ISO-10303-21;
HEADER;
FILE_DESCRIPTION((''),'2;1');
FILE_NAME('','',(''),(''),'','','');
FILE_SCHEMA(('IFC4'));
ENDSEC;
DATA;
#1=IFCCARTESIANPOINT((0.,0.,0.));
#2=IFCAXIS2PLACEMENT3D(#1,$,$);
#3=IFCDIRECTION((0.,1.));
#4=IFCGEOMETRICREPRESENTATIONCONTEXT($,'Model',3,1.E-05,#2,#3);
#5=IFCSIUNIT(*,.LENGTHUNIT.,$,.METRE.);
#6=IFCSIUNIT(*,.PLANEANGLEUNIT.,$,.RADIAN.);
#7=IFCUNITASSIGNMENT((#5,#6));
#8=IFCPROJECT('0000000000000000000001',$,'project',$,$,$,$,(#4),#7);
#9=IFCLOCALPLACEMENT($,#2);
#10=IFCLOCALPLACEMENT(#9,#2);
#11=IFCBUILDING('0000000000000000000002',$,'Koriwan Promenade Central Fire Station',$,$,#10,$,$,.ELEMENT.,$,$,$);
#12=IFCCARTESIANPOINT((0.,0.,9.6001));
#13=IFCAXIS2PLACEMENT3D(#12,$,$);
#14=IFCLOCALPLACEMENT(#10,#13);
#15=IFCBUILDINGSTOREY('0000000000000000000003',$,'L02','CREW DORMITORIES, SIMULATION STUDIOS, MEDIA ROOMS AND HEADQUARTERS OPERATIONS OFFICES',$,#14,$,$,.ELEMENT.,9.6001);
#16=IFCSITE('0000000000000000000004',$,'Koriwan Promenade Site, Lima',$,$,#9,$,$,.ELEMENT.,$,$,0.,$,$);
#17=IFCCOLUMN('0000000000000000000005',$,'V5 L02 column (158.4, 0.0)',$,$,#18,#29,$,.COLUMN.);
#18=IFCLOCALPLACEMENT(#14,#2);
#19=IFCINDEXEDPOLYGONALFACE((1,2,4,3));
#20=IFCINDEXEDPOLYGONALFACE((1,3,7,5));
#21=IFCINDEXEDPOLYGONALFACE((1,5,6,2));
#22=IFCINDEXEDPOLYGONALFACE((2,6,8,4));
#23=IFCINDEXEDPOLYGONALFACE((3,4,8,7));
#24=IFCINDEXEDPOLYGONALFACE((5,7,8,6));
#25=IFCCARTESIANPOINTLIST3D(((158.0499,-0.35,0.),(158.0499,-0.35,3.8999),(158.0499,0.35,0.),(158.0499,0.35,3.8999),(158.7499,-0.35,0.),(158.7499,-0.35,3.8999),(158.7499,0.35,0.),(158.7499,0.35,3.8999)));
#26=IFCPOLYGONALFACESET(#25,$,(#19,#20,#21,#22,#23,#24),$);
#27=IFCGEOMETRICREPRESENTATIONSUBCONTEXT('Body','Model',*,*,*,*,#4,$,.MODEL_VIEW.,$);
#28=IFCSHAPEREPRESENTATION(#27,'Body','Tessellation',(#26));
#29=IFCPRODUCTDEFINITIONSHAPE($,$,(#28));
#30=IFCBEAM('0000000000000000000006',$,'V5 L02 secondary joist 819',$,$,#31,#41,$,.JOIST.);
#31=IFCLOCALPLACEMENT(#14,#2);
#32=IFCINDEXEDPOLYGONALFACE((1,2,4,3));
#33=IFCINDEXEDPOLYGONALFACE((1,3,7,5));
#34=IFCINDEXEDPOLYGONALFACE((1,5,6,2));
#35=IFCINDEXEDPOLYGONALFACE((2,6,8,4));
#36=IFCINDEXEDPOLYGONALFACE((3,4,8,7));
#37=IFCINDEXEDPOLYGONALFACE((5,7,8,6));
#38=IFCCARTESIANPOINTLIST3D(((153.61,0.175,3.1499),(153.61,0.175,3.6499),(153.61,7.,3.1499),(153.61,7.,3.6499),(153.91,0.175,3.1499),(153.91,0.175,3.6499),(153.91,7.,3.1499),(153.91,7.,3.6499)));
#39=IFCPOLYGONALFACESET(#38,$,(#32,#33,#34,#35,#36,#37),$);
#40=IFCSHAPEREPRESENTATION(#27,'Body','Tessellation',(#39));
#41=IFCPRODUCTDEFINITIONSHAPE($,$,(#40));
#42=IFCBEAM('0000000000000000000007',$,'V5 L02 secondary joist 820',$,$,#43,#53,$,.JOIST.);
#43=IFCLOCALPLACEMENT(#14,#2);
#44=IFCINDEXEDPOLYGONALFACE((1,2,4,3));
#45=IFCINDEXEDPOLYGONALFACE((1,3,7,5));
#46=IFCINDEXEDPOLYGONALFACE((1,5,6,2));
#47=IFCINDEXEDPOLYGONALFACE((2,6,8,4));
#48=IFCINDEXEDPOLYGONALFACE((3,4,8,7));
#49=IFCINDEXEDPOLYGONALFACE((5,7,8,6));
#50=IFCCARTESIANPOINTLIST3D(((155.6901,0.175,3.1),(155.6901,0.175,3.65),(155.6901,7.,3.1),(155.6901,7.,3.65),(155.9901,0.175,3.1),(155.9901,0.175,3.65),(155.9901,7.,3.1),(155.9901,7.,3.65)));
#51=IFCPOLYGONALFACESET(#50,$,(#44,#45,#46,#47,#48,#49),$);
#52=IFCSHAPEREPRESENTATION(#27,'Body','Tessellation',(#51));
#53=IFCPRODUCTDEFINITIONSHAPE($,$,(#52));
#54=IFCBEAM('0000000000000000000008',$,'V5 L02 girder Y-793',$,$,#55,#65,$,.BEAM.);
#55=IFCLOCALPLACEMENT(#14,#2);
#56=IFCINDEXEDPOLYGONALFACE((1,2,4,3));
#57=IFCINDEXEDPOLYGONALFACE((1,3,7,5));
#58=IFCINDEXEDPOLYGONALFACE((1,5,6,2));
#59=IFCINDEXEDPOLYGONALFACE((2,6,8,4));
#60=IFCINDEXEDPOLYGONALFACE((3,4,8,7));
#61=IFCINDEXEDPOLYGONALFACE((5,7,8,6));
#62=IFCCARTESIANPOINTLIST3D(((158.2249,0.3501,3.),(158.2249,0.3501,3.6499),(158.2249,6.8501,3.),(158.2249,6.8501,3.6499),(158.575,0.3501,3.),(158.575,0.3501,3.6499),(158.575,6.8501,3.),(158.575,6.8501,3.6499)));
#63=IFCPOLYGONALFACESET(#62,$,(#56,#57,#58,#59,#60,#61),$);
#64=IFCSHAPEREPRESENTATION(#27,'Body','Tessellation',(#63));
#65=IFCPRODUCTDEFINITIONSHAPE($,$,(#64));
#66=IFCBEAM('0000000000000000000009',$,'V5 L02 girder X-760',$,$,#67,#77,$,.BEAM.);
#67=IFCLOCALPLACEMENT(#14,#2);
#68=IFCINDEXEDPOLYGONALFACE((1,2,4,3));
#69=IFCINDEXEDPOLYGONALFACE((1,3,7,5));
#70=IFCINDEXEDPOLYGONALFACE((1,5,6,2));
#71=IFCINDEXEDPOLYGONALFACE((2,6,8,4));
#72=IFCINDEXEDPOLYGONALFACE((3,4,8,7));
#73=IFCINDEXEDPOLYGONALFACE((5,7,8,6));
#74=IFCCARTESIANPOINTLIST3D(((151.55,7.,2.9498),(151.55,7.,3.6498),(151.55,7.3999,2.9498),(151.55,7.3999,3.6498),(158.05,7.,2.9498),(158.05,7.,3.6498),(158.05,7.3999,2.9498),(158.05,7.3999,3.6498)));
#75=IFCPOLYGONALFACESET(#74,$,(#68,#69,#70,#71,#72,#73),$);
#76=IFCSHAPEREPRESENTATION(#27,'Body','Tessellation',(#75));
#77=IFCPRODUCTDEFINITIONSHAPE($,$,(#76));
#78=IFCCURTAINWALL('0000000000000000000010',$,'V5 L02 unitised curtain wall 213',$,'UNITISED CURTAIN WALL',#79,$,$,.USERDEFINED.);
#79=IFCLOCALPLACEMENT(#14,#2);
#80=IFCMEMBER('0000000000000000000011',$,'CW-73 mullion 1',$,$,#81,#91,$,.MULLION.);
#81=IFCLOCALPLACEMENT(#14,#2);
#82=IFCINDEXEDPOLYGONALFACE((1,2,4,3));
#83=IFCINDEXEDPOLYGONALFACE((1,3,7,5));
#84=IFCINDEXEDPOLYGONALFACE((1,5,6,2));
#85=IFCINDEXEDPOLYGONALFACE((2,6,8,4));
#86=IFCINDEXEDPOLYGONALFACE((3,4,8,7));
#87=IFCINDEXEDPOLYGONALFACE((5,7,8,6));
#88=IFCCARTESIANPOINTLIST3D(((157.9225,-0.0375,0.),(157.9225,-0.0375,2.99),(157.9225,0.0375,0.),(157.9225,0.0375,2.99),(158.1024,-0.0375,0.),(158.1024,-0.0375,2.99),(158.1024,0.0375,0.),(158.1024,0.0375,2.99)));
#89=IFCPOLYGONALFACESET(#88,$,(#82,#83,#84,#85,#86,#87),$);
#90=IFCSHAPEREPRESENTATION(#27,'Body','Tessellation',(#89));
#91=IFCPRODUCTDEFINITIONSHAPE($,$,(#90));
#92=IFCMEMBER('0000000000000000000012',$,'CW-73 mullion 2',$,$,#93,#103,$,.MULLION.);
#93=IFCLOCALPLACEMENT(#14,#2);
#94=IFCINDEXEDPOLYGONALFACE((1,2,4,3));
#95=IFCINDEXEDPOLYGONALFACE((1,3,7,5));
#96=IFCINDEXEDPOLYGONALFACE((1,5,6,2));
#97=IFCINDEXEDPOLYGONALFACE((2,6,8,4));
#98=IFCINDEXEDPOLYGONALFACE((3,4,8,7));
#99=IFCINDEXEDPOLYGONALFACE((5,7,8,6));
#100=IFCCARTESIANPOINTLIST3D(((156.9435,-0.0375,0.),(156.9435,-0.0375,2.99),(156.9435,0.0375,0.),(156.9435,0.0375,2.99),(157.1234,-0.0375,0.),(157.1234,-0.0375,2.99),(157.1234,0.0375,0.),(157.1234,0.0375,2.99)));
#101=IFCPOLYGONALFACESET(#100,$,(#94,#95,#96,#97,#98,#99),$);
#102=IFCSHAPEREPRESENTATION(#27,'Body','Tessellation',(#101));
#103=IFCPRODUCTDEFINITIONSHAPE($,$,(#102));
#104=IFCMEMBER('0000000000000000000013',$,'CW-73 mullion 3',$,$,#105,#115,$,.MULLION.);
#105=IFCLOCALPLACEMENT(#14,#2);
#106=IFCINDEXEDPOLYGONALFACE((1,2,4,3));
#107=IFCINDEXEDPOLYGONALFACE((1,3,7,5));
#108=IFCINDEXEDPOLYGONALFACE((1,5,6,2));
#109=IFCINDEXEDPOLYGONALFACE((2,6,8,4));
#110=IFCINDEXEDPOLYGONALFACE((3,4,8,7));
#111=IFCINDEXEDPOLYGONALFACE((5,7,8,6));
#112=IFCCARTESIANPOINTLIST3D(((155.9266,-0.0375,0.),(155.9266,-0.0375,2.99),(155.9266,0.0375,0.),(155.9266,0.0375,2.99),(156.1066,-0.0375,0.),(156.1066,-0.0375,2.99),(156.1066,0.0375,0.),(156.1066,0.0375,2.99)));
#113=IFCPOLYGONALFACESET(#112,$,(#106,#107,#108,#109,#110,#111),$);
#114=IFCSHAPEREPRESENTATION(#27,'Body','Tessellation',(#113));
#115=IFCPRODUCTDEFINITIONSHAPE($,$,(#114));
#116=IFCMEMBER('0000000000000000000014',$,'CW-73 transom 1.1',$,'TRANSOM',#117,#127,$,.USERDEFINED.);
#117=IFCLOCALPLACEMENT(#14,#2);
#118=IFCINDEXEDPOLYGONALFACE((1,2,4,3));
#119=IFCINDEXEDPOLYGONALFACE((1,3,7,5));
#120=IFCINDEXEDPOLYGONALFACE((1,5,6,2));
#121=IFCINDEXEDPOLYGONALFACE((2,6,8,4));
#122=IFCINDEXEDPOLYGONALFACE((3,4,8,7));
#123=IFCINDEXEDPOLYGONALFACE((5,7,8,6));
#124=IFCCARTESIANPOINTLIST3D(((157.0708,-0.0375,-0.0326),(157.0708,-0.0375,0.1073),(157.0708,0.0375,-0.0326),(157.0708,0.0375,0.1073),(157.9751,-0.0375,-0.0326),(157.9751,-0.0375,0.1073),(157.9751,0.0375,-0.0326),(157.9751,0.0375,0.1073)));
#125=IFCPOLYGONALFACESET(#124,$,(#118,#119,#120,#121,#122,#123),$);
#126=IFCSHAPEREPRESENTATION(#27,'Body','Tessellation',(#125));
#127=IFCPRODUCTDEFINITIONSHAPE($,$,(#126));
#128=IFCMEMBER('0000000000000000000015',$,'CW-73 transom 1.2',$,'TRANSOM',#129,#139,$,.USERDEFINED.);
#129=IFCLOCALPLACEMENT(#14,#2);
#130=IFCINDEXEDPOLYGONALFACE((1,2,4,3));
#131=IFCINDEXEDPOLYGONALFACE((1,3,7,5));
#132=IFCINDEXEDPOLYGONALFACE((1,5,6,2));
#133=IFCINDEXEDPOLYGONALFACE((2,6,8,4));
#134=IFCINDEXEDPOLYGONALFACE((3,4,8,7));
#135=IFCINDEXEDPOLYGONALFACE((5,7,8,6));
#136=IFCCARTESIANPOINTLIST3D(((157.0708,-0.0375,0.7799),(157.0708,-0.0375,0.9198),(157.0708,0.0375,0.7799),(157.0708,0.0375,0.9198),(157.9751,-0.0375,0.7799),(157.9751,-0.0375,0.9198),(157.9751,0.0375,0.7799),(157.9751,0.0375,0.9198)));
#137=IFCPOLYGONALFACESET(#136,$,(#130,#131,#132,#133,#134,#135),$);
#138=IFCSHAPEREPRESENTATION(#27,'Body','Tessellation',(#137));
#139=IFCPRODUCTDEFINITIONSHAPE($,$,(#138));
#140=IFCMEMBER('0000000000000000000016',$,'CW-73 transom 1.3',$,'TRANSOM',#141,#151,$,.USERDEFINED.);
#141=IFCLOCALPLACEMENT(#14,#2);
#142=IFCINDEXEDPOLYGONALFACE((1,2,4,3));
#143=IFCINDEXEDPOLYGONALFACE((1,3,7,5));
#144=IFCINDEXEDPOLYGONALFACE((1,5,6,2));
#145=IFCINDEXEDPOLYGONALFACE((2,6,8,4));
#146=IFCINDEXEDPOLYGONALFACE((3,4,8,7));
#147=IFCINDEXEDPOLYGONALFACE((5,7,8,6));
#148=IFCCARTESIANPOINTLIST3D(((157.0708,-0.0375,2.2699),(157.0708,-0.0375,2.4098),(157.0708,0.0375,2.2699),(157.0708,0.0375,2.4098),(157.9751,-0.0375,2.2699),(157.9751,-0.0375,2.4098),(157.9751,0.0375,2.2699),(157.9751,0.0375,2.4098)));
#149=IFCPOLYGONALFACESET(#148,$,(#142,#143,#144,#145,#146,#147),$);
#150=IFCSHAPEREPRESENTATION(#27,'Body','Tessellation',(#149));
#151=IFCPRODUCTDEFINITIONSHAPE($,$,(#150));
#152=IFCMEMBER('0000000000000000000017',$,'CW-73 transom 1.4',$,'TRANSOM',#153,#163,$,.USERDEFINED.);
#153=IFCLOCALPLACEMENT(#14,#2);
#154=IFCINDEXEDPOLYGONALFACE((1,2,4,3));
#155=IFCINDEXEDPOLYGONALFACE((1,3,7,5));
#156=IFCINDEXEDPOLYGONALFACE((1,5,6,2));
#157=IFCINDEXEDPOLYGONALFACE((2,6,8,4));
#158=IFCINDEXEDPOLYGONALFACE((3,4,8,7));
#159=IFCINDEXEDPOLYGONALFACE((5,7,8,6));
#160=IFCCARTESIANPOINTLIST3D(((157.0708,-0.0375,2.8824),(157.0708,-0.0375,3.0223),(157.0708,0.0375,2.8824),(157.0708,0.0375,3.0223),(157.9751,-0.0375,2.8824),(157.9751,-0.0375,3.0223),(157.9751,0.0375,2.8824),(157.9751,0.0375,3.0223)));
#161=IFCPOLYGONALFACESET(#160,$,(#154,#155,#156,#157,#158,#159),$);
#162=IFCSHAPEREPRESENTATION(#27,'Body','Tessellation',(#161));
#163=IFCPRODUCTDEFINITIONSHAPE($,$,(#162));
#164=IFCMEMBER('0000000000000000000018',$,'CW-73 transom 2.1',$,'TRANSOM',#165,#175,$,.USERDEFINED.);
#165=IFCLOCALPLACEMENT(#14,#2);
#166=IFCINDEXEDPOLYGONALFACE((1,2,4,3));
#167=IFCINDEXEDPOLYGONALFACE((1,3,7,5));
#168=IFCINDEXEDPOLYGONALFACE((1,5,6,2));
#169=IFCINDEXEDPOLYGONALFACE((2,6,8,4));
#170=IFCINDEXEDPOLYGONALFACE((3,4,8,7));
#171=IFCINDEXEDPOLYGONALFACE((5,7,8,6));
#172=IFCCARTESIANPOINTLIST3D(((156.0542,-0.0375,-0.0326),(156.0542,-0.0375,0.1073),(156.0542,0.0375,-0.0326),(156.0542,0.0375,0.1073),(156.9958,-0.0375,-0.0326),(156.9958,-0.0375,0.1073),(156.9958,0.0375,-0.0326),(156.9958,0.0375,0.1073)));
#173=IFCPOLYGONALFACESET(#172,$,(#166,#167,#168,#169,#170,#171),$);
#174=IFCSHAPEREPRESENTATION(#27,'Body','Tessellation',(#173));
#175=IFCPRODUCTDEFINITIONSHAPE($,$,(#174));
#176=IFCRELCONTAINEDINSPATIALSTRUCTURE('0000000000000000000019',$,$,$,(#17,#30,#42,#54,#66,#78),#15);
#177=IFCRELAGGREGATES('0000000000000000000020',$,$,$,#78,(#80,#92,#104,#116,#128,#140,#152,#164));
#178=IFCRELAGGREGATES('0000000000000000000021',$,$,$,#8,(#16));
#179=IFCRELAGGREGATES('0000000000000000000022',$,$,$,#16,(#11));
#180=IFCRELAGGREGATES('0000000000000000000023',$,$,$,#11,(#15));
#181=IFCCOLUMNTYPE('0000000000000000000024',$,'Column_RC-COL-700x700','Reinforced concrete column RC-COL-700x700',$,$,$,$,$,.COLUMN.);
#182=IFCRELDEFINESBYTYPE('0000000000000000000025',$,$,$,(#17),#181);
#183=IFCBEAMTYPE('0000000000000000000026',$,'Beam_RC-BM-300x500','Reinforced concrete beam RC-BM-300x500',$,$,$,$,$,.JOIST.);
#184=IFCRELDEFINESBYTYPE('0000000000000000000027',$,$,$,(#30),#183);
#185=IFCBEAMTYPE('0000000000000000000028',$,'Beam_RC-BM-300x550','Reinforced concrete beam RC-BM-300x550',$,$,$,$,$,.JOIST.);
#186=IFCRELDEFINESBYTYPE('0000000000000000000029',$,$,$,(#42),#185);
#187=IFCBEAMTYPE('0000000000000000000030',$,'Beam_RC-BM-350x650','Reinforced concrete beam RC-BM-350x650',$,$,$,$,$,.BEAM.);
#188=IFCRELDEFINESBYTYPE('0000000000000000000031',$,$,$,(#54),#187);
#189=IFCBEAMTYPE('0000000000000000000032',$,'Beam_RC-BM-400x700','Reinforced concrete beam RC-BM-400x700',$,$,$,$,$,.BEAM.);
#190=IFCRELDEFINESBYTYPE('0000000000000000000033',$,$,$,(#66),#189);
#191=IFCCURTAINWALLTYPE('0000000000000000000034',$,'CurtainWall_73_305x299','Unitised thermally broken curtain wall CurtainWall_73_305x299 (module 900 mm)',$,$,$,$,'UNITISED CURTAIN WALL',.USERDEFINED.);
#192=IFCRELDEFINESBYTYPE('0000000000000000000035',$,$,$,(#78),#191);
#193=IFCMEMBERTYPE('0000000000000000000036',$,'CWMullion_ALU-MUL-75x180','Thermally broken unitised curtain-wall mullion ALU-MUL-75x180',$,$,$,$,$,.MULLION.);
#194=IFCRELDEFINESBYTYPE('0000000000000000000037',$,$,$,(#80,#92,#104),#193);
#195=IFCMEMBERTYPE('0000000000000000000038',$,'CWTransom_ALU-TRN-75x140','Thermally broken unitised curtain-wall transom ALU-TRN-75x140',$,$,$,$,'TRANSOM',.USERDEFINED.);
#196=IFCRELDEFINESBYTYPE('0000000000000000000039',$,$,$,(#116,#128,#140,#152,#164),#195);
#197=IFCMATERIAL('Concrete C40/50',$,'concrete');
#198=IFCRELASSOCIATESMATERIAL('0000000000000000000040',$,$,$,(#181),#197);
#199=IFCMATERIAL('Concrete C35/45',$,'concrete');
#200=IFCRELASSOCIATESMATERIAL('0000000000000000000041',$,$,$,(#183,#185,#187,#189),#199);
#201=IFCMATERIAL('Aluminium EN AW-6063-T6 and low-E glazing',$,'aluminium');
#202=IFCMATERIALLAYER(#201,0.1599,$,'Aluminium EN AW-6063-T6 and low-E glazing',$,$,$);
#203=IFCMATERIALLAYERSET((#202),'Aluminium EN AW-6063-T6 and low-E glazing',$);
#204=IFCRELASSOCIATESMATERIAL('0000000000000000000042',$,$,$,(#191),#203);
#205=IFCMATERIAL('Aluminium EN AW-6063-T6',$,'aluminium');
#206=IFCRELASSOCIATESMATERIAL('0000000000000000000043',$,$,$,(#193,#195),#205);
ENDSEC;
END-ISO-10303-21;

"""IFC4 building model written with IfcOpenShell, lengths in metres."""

from ifc_helpers import new_model, si_unit, direction, frame, origin, origin_2d, place, context, subcontext, project, spatial, rectangle, extrude, material, layer, layer_set, material_profile, profile_set, type_object, element, aggregate, save


model = new_model("IFC4")

# Units and contexts
model_context = context("Model", 3, precision=1e-05, world=origin(), true_north=direction((0.0, 1.0)))
body_context = subcontext(model_context, "Body", "Model", "MODEL_VIEW")
ifc_project = project(units=[si_unit("LENGTHUNIT", "METRE"), si_unit("PLANEANGLEUNIT", "RADIAN")], contexts=[model_context])

# Site, building, storey
site_placement = place(None, origin())
site = spatial("IfcSite", under=ifc_project, at=site_placement, Name="Koriwan Promenade Site, Lima", CompositionType="ELEMENT", RefElevation=0.0)
building_placement = place(site_placement, origin())
building = spatial("IfcBuilding", under=site, at=building_placement, Name="Koriwan Promenade Central Fire Station", CompositionType="ELEMENT")
storey_placement = place(building_placement, frame((0.0, 0.0, 9.6001)))
storey = spatial("IfcBuildingStorey", under=building, at=storey_placement, Name="L02", Description="CREW DORMITORIES, SIMULATION STUDIOS, MEDIA ROOMS AND HEADQUARTERS OPERATIONS OFFICES", CompositionType="ELEMENT", Elevation=9.6001)

# Column
ifc_material_1 = material(Name="Concrete C40/50", Category="concrete")
ifc_material_profile_1 = material_profile(ifc_material_1, rectangle(XDim=0.7, YDim=0.7, at=origin_2d()), Name="RC-COL-700x700")
ifc_profile_set_1 = profile_set([ifc_material_profile_1], Name="Concrete C40/50")
column_type = type_object("IfcColumnType", Name="Column_RC-COL-700x700", Description="Reinforced concrete column RC-COL-700x700", PredefinedType="COLUMN", material=ifc_profile_set_1)
column_placement = place(storey_placement, frame((158.3999, 0.0, 0.0), z_axis=(0.0, 0.0, 1.0), x_axis=(1.0, 0.0, 0.0)))
element("IfcColumn", 1, at=column_placement, inside=storey, type_object=column_type, Name="V5 L02 column (158.4, 0.0)", PredefinedType="COLUMN", context=body_context, shape_type="SweptSolid", body=[
    extrude(rectangle(XDim=0.7, YDim=0.7, at=origin_2d()), origin(), (0.0, 0.0, 1.0), 3.8999),
])

# Beams
ifc_material_2 = material(Name="Concrete C35/45", Category="concrete")
ifc_material_profile_2 = material_profile(ifc_material_2, rectangle(XDim=0.3, YDim=0.5, at=origin_2d()), Name="RC-BM-300x500")
ifc_profile_set_2 = profile_set([ifc_material_profile_2], Name="Concrete C35/45")
beam_type_1 = type_object("IfcBeamType", Name="Beam_RC-BM-300x500", Description="Reinforced concrete beam RC-BM-300x500", PredefinedType="JOIST", material=ifc_profile_set_2)
beam_1_placement = place(storey_placement, frame((153.76, 0.175, 3.3999), z_axis=(0.0, 1.0, 0.0), x_axis=(-1.0, 0.0, 0.0)))
element("IfcBeam", 2, at=beam_1_placement, inside=storey, type_object=beam_type_1, Name="V5 L02 secondary joist 819", PredefinedType="JOIST", context=body_context, shape_type="SweptSolid", body=[
    extrude(rectangle(XDim=0.3, YDim=0.5, at=origin_2d()), origin(), (0.0, 0.0, 1.0), 6.825),
])
ifc_material_profile_3 = material_profile(ifc_material_2, rectangle(XDim=0.3, YDim=0.55, at=origin_2d()), Name="RC-BM-300x550")
ifc_profile_set_3 = profile_set([ifc_material_profile_3], Name="Concrete C35/45")
beam_type_2 = type_object("IfcBeamType", Name="Beam_RC-BM-300x550", Description="Reinforced concrete beam RC-BM-300x550", PredefinedType="JOIST", material=ifc_profile_set_3)
beam_2_placement = place(storey_placement, frame((155.8401, 0.175, 3.375), z_axis=(0.0, 1.0, 0.0), x_axis=(-1.0, 0.0, 0.0)))
element("IfcBeam", 3, at=beam_2_placement, inside=storey, type_object=beam_type_2, Name="V5 L02 secondary joist 820", PredefinedType="JOIST", context=body_context, shape_type="SweptSolid", body=[
    extrude(rectangle(XDim=0.3, YDim=0.55, at=origin_2d()), origin(), (0.0, 0.0, 1.0), 6.825),
])
ifc_material_profile_4 = material_profile(ifc_material_2, rectangle(XDim=0.3501, YDim=0.6499, at=origin_2d()), Name="RC-BM-350x650")
ifc_profile_set_4 = profile_set([ifc_material_profile_4], Name="Concrete C35/45")
beam_type_3 = type_object("IfcBeamType", Name="Beam_RC-BM-350x650", Description="Reinforced concrete beam RC-BM-350x650", PredefinedType="BEAM", material=ifc_profile_set_4)
beam_3_placement = place(storey_placement, frame((158.3999, 0.3501, 3.325), z_axis=(0.0, 1.0, 0.0), x_axis=(-1.0, 0.0, 0.0)))
element("IfcBeam", 4, at=beam_3_placement, inside=storey, type_object=beam_type_3, Name="V5 L02 girder Y-793", PredefinedType="BEAM", context=body_context, shape_type="SweptSolid", body=[
    extrude(rectangle(XDim=0.3501, YDim=0.6499, at=origin_2d()), origin(), (0.0, 0.0, 1.0), 6.5),
])
ifc_material_profile_5 = material_profile(ifc_material_2, rectangle(XDim=0.3999, YDim=0.7, at=origin_2d()), Name="RC-BM-400x700")
ifc_profile_set_5 = profile_set([ifc_material_profile_5], Name="Concrete C35/45")
beam_type_4 = type_object("IfcBeamType", Name="Beam_RC-BM-400x700", Description="Reinforced concrete beam RC-BM-400x700", PredefinedType="BEAM", material=ifc_profile_set_5)
beam_4_placement = place(storey_placement, frame((151.55, 7.2, 3.2998), z_axis=(1.0, 0.0, 0.0), x_axis=(0.0, 1.0, 0.0)))
element("IfcBeam", 5, at=beam_4_placement, inside=storey, type_object=beam_type_4, Name="V5 L02 girder X-760", PredefinedType="BEAM", context=body_context, shape_type="SweptSolid", body=[
    extrude(rectangle(XDim=0.3999, YDim=0.7, at=origin_2d()), origin(), (0.0, 0.0, 1.0), 6.5),
])

# Curtain wall, members
ifc_material_3 = material(Name="Aluminium EN AW-6063-T6 and low-E glazing", Category="aluminium")
ifc_layer_1 = layer(ifc_material_3, 0.1599, Name="Aluminium EN AW-6063-T6 and low-E glazing")
ifc_layer_set_1 = layer_set([ifc_layer_1], Name="Aluminium EN AW-6063-T6 and low-E glazing")
curtain_wall_type = type_object("IfcCurtainWallType", Name="CurtainWall_73_305x299", Description="Unitised thermally broken curtain wall CurtainWall_73_305x299 (module 900 mm)", ElementType="UNITISED CURTAIN WALL", PredefinedType="USERDEFINED", material=ifc_layer_set_1)
curtain_wall_placement = place(storey_placement, origin())
curtain_wall = element("IfcCurtainWall", 6, at=curtain_wall_placement, inside=storey, type_object=curtain_wall_type, Name="V5 L02 unitised curtain wall 213", ObjectType="UNITISED CURTAIN WALL", PredefinedType="USERDEFINED")
ifc_material_4 = material(Name="Aluminium EN AW-6063-T6", Category="aluminium")
ifc_material_profile_6 = material_profile(ifc_material_4, rectangle(XDim=0.075, YDim=0.1799, at=origin_2d()), Name="ALU-MUL-75x180")
ifc_profile_set_6 = profile_set([ifc_material_profile_6], Name="Aluminium EN AW-6063-T6")
member_type_1 = type_object("IfcMemberType", Name="CWMullion_ALU-MUL-75x180", Description="Thermally broken unitised curtain-wall mullion ALU-MUL-75x180", PredefinedType="MULLION", material=ifc_profile_set_6)
member_1_placement = place(storey_placement, frame((158.0125, 0.0, 0.0), z_axis=(0.0, 0.0, 1.0), x_axis=(0.0, -1.0, 0.0)))
member_1 = element("IfcMember", 7, at=member_1_placement, type_object=member_type_1, Name="CW-73 mullion 1", PredefinedType="MULLION", context=body_context, shape_type="SweptSolid", body=[
    extrude(rectangle(XDim=0.075, YDim=0.1799, at=origin_2d()), origin(), (0.0, 0.0, 1.0), 2.99),
])
member_2_placement = place(storey_placement, frame((157.0334, 0.0, 0.0), z_axis=(0.0, 0.0, 1.0), x_axis=(0.0, -1.0, 0.0)))
member_2 = element("IfcMember", 8, at=member_2_placement, type_object=member_type_1, Name="CW-73 mullion 2", PredefinedType="MULLION", context=body_context, shape_type="SweptSolid", body=[
    extrude(rectangle(XDim=0.075, YDim=0.1799, at=origin_2d()), origin(), (0.0, 0.0, 1.0), 2.99),
])
member_3_placement = place(storey_placement, frame((156.0166, 0.0, 0.0), z_axis=(0.0, 0.0, 1.0), x_axis=(0.0, -1.0, 0.0)))
member_3 = element("IfcMember", 9, at=member_3_placement, type_object=member_type_1, Name="CW-73 mullion 3", PredefinedType="MULLION", context=body_context, shape_type="SweptSolid", body=[
    extrude(rectangle(XDim=0.075, YDim=0.1799, at=origin_2d()), origin(), (0.0, 0.0, 1.0), 2.99),
])
ifc_material_profile_7 = material_profile(ifc_material_4, rectangle(XDim=0.075, YDim=0.1399, at=origin_2d()), Name="ALU-TRN-75x140")
ifc_profile_set_7 = profile_set([ifc_material_profile_7], Name="Aluminium EN AW-6063-T6")
member_type_2 = type_object("IfcMemberType", Name="CWTransom_ALU-TRN-75x140", Description="Thermally broken unitised curtain-wall transom ALU-TRN-75x140", ElementType="TRANSOM", PredefinedType="USERDEFINED", material=ifc_profile_set_7)
member_4_placement = place(storey_placement, frame((157.9751, 0.0, 0.0374), z_axis=(-1.0, 0.0, 0.0), x_axis=(0.0, -1.0, 0.0)))
member_4 = element("IfcMember", 10, at=member_4_placement, type_object=member_type_2, Name="CW-73 transom 1.1", ObjectType="TRANSOM", PredefinedType="USERDEFINED", context=body_context, shape_type="SweptSolid", body=[
    extrude(rectangle(XDim=0.075, YDim=0.1399, at=origin_2d()), origin(), (0.0, 0.0, 1.0), 0.9043),
])
member_5_placement = place(storey_placement, frame((157.9751, 0.0, 0.8499), z_axis=(-1.0, 0.0, 0.0), x_axis=(0.0, -1.0, 0.0)))
member_5 = element("IfcMember", 11, at=member_5_placement, type_object=member_type_2, Name="CW-73 transom 1.2", ObjectType="TRANSOM", PredefinedType="USERDEFINED", context=body_context, shape_type="SweptSolid", body=[
    extrude(rectangle(XDim=0.075, YDim=0.1399, at=origin_2d()), origin(), (0.0, 0.0, 1.0), 0.9043),
])
member_6_placement = place(storey_placement, frame((157.9751, 0.0, 2.3398), z_axis=(-1.0, 0.0, 0.0), x_axis=(0.0, -1.0, 0.0)))
member_6 = element("IfcMember", 12, at=member_6_placement, type_object=member_type_2, Name="CW-73 transom 1.3", ObjectType="TRANSOM", PredefinedType="USERDEFINED", context=body_context, shape_type="SweptSolid", body=[
    extrude(rectangle(XDim=0.075, YDim=0.1399, at=origin_2d()), origin(), (0.0, 0.0, 1.0), 0.9043),
])
member_7_placement = place(storey_placement, frame((157.9751, 0.0, 2.9524), z_axis=(-1.0, 0.0, 0.0), x_axis=(0.0, -1.0, 0.0)))
member_7 = element("IfcMember", 13, at=member_7_placement, type_object=member_type_2, Name="CW-73 transom 1.4", ObjectType="TRANSOM", PredefinedType="USERDEFINED", context=body_context, shape_type="SweptSolid", body=[
    extrude(rectangle(XDim=0.075, YDim=0.1399, at=origin_2d()), origin(), (0.0, 0.0, 1.0), 0.9043),
])
member_8_placement = place(storey_placement, frame((156.9958, 0.0, 0.0374), z_axis=(-1.0, 0.0, 0.0), x_axis=(0.0, -1.0, 0.0)))
member_8 = element("IfcMember", 14, at=member_8_placement, type_object=member_type_2, Name="CW-73 transom 2.1", ObjectType="TRANSOM", PredefinedType="USERDEFINED", context=body_context, shape_type="SweptSolid", body=[
    extrude(rectangle(XDim=0.075, YDim=0.1399, at=origin_2d()), origin(), (0.0, 0.0, 1.0), 0.9417),
])
aggregate(curtain_wall, [member_1, member_2, member_3, member_4, member_5, member_6, member_7, member_8])

save(model, "model.ifc")
